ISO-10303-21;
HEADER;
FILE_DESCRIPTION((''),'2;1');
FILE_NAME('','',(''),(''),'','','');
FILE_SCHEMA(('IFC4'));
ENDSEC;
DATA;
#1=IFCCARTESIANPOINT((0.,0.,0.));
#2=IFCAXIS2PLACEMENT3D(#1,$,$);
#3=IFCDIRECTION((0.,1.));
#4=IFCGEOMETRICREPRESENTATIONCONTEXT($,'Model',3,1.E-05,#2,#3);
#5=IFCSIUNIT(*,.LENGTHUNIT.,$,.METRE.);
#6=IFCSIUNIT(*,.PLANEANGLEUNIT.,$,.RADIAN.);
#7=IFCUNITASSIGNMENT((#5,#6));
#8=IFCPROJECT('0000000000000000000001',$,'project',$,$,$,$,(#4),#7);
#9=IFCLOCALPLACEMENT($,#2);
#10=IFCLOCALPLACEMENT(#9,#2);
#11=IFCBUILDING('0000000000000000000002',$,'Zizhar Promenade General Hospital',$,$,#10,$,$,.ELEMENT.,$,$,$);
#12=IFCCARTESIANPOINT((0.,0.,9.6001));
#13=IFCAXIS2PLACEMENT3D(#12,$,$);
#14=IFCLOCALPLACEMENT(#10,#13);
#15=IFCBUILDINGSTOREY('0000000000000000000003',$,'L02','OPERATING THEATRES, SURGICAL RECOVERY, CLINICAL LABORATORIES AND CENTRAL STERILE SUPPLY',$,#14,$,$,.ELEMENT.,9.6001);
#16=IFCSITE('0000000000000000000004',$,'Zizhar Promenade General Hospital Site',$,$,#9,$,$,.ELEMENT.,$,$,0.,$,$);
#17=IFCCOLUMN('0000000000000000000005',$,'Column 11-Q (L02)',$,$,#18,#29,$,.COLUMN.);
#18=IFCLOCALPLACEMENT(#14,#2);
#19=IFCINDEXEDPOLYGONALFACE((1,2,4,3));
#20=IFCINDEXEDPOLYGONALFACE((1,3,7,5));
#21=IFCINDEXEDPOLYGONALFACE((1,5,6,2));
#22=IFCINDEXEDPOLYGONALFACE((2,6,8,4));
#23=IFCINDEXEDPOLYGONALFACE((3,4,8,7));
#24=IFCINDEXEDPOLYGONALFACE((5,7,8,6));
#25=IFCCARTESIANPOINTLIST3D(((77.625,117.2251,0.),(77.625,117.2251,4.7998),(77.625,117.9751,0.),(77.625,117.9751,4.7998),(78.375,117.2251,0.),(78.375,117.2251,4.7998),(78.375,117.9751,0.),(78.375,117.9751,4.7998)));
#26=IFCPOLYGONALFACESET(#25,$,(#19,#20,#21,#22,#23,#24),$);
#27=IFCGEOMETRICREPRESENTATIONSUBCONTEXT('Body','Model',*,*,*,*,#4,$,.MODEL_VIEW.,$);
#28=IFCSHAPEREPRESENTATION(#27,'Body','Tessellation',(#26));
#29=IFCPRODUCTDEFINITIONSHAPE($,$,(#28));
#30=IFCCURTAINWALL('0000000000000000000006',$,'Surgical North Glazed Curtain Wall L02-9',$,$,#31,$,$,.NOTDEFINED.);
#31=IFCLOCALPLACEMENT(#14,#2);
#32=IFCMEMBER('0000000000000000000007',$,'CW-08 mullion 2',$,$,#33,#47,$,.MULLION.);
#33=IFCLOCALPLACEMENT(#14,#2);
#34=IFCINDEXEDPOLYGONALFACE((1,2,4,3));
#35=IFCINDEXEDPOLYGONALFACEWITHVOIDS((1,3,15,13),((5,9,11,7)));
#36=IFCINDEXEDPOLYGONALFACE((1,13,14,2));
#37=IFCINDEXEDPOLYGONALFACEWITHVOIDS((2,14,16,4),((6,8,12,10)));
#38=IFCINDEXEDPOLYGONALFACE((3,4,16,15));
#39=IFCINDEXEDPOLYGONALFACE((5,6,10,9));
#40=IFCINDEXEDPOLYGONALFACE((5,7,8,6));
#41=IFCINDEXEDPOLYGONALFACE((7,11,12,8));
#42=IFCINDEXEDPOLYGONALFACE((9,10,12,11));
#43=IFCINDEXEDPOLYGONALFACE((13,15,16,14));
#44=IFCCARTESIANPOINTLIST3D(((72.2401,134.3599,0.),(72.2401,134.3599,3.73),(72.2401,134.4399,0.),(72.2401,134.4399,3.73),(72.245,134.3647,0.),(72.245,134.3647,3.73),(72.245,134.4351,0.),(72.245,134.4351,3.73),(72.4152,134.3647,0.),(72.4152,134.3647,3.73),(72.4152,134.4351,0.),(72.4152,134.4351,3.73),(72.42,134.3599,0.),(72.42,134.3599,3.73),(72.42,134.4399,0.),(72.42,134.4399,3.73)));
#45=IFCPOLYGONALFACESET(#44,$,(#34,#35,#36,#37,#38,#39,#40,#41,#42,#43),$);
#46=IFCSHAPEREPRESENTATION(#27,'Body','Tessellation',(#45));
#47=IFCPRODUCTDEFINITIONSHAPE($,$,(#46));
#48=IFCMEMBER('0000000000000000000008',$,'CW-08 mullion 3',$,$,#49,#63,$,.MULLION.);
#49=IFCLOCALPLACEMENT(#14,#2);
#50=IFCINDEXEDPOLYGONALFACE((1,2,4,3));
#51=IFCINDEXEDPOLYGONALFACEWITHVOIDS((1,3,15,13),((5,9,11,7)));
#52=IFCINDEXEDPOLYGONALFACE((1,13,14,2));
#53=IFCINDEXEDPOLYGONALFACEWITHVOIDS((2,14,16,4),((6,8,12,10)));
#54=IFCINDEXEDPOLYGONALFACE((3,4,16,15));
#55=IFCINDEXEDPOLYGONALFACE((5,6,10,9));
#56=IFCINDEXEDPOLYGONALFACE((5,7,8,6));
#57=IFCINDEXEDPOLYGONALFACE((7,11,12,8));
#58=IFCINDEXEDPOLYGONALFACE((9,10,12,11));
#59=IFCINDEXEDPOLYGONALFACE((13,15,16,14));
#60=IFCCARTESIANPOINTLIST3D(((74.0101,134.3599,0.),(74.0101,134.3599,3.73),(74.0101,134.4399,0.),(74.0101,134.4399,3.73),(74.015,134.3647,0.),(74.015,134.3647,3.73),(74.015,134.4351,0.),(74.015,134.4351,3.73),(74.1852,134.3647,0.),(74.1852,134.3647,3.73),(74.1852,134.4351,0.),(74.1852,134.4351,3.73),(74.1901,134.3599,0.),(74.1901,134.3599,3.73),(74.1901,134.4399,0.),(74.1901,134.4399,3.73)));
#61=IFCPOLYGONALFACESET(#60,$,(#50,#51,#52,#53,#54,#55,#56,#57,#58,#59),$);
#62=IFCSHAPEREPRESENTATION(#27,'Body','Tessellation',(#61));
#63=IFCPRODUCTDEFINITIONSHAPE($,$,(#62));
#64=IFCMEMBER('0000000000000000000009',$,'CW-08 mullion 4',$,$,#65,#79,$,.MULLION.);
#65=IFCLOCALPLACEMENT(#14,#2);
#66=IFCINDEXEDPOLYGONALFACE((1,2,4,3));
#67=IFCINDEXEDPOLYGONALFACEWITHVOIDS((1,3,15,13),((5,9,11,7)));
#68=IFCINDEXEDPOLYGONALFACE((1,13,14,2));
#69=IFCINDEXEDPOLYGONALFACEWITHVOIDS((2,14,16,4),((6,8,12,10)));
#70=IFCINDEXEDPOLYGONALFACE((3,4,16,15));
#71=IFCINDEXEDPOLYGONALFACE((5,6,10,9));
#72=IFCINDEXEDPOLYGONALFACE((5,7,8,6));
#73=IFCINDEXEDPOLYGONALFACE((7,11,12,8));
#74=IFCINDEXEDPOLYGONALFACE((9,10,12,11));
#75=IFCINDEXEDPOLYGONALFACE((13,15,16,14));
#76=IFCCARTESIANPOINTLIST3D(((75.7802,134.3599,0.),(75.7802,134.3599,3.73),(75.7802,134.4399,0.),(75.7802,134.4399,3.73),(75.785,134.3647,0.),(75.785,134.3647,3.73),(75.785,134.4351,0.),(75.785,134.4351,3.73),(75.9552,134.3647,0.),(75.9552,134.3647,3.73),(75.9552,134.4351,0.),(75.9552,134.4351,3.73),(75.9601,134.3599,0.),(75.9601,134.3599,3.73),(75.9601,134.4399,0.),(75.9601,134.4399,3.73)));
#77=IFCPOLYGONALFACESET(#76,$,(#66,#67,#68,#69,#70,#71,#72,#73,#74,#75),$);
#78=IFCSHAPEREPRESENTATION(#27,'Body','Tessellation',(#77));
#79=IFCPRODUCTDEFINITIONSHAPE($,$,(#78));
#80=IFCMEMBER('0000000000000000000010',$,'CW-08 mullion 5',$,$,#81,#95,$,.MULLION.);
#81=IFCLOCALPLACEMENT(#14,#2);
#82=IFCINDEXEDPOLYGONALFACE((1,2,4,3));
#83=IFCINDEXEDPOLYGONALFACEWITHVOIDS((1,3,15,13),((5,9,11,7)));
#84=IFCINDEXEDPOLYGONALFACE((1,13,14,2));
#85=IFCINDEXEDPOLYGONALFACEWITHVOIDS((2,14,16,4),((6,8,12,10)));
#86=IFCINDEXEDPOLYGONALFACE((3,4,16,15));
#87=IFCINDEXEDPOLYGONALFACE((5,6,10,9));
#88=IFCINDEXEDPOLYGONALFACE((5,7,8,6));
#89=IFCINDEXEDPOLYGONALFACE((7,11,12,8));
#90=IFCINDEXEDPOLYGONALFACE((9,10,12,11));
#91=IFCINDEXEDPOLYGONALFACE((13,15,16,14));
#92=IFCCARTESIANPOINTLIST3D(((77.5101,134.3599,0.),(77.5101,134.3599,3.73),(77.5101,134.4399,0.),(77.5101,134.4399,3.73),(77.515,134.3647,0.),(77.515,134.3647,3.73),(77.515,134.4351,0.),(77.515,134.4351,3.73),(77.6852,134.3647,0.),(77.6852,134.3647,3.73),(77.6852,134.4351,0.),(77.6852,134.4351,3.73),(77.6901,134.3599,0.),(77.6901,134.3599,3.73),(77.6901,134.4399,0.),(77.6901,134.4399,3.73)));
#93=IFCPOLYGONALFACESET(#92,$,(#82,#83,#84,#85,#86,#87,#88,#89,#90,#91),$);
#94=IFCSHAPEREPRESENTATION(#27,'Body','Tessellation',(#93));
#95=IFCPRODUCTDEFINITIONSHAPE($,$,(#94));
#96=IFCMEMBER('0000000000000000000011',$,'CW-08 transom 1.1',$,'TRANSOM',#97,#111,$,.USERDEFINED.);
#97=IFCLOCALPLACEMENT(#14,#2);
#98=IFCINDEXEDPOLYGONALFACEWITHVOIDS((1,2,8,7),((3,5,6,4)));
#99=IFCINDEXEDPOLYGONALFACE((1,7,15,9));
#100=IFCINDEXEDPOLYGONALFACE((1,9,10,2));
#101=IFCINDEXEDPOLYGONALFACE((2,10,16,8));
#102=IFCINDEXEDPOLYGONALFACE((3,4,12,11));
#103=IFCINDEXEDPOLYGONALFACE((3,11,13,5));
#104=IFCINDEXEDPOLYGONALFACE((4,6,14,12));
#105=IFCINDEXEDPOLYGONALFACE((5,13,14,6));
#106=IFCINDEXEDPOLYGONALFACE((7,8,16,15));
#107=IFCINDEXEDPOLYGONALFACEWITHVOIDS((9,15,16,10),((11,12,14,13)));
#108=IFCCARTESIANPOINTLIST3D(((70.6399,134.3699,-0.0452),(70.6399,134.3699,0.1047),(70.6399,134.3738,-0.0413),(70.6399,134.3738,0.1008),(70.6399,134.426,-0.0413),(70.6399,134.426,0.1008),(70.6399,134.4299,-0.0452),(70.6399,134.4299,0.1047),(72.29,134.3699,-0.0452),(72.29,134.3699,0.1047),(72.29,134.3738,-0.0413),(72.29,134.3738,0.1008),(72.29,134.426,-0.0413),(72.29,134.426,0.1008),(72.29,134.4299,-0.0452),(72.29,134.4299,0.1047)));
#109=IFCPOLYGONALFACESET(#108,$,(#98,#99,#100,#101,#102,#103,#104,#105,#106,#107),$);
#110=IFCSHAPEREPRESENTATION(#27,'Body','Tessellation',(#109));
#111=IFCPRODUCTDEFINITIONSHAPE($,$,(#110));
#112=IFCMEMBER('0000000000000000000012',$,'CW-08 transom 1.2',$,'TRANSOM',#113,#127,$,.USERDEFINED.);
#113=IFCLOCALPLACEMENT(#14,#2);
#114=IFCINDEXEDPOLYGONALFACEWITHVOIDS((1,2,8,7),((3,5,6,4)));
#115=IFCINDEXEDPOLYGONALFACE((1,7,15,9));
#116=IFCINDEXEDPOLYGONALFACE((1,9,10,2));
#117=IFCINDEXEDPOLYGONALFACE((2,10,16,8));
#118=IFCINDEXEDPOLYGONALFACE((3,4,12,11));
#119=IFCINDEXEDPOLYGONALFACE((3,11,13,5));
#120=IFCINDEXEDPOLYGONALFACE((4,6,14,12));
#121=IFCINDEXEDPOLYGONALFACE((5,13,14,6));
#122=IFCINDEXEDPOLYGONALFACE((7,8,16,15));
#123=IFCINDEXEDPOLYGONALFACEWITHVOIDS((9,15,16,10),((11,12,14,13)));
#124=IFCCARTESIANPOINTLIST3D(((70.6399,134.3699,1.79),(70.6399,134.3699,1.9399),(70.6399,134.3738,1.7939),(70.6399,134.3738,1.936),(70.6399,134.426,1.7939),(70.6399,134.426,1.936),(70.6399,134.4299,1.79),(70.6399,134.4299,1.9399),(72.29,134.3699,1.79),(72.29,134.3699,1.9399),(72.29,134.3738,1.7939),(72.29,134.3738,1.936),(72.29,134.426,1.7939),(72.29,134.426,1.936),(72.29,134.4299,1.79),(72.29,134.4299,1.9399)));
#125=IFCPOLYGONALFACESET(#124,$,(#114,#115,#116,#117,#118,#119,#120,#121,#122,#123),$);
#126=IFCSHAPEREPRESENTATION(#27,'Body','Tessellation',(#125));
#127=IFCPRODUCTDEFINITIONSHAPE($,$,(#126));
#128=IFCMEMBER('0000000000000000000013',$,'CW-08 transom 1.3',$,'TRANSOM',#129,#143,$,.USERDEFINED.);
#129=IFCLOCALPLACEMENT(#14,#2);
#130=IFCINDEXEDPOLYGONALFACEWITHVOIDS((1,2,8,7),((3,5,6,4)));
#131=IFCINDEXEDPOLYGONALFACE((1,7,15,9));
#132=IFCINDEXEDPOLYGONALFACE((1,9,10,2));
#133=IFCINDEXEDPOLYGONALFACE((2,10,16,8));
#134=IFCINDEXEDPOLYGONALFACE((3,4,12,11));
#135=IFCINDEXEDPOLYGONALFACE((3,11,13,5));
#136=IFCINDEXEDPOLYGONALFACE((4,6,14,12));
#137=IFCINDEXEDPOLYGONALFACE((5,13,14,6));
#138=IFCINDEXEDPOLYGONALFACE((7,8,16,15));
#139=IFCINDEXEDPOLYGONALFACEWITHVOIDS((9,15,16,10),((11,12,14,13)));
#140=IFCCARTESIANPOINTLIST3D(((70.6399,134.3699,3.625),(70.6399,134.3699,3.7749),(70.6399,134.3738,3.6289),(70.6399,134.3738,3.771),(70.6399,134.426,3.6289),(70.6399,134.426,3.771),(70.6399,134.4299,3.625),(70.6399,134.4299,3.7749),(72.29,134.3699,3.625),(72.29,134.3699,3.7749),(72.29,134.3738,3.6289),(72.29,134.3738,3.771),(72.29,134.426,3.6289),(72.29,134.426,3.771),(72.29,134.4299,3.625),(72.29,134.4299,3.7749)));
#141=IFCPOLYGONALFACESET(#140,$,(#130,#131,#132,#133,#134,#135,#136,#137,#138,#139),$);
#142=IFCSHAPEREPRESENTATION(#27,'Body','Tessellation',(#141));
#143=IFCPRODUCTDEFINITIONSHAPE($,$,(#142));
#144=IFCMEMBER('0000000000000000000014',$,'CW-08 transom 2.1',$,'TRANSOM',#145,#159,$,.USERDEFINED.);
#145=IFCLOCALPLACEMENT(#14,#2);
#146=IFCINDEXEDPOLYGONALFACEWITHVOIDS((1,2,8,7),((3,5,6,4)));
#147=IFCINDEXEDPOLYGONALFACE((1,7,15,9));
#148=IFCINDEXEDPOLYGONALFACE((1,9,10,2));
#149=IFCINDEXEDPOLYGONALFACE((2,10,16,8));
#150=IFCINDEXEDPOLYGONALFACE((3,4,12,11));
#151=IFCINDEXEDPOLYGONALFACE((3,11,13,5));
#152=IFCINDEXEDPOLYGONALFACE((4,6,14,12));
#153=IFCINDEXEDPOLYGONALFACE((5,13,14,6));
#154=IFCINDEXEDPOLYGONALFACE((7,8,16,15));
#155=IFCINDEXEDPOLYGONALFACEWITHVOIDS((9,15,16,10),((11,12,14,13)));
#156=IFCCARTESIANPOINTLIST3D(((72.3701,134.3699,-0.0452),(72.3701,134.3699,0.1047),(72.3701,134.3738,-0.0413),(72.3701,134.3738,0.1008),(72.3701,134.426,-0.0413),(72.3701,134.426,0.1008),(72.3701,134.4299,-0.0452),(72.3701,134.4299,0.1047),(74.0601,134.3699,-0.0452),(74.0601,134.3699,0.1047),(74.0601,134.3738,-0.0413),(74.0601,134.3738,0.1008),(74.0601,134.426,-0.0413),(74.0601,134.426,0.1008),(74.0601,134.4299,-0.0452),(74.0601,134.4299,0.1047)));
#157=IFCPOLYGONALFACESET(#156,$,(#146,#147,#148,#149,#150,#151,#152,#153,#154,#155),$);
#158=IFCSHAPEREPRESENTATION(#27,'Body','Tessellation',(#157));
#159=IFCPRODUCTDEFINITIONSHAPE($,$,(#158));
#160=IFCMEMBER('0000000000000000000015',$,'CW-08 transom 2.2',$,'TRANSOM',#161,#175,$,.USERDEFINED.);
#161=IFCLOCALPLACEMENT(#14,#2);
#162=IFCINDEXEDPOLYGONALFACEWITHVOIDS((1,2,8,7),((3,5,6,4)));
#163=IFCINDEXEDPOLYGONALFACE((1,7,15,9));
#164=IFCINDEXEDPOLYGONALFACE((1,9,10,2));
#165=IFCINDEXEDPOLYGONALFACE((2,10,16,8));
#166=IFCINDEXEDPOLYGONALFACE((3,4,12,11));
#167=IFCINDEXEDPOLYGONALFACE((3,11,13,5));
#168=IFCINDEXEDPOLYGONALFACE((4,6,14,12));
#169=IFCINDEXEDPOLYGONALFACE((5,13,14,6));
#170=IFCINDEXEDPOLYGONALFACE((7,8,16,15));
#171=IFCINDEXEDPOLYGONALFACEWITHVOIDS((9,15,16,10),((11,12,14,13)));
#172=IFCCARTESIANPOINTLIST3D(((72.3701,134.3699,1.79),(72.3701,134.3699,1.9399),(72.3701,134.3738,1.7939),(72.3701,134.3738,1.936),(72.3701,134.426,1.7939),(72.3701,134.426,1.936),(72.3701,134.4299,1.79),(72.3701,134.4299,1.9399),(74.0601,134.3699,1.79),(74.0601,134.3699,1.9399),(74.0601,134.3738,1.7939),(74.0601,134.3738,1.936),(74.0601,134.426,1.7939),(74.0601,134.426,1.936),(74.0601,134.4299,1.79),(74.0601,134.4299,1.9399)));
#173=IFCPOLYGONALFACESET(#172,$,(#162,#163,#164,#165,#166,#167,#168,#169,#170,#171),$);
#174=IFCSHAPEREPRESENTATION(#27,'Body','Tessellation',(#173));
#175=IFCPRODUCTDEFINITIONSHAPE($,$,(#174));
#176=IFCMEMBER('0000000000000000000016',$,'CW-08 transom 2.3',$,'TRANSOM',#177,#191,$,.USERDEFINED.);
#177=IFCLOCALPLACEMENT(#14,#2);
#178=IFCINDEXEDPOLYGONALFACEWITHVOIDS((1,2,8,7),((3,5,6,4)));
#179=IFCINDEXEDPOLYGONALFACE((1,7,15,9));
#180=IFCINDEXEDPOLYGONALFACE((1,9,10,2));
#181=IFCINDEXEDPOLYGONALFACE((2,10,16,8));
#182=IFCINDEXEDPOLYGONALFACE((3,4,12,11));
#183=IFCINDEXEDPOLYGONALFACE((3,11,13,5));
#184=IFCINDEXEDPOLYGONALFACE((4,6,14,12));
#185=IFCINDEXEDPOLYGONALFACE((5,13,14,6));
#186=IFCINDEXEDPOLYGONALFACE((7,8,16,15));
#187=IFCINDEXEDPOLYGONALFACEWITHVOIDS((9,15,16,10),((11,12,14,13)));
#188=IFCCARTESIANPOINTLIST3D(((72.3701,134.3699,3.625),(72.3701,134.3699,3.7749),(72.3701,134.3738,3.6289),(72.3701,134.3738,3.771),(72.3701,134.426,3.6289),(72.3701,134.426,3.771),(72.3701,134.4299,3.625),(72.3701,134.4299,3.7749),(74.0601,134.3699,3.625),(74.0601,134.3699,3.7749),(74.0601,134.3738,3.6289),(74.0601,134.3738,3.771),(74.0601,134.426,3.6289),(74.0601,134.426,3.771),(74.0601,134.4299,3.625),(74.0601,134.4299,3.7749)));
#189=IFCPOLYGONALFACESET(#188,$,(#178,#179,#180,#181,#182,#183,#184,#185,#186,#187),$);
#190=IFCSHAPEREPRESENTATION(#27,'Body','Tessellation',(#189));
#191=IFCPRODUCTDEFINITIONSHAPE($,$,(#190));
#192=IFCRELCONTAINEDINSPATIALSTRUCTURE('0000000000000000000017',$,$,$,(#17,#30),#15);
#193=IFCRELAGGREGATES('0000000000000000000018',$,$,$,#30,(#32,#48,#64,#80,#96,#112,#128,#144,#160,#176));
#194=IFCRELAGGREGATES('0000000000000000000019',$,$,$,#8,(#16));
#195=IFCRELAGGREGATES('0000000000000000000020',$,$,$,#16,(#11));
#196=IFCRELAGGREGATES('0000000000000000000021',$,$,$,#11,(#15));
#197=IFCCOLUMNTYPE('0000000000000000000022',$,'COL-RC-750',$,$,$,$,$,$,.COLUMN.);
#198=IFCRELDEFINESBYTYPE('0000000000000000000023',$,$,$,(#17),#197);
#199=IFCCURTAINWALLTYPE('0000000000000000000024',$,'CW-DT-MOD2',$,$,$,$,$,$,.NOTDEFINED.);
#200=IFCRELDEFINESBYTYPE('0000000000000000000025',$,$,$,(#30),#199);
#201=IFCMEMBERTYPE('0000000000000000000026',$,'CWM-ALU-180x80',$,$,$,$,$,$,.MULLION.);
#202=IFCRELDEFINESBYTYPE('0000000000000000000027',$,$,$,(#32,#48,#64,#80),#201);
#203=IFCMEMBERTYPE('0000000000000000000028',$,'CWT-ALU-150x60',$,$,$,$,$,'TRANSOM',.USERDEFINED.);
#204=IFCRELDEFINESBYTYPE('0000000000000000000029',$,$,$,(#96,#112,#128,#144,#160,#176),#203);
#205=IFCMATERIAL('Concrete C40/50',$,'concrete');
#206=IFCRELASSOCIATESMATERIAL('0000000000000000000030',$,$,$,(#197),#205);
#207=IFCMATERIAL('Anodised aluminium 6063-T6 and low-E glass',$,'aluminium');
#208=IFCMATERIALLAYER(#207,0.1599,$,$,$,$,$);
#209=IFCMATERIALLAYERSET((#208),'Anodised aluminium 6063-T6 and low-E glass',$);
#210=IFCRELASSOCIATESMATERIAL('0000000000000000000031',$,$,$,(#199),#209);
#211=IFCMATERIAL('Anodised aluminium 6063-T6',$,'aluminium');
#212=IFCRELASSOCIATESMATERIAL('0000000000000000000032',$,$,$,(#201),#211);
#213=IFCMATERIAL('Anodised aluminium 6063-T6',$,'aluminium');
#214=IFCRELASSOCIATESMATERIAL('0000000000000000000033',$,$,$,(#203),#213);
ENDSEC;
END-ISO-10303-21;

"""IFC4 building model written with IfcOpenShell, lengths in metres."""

from ifc_helpers import new_model, si_unit, direction, frame, origin, origin_2d, place, context, subcontext, project, spatial, rectangle, hollow_rectangle, extrude, material, layer, layer_set, material_profile, profile_set, type_object, element, aggregate, save


model = new_model("IFC4")

# Units and contexts
model_context = context("Model", 3, precision=1e-05, world=origin(), true_north=direction((0.0, 1.0)))
body_context = subcontext(model_context, "Body", "Model", "MODEL_VIEW")
ifc_project = project(units=[si_unit("LENGTHUNIT", "METRE"), si_unit("PLANEANGLEUNIT", "RADIAN")], contexts=[model_context])

# Site, building, storey
site_placement = place(None, origin())
site = spatial("IfcSite", under=ifc_project, at=site_placement, Name="Zizhar Promenade General Hospital Site", CompositionType="ELEMENT", RefElevation=0.0)
building_placement = place(site_placement, origin())
building = spatial("IfcBuilding", under=site, at=building_placement, Name="Zizhar Promenade General Hospital", CompositionType="ELEMENT")
storey_placement = place(building_placement, frame((0.0, 0.0, 9.6001)))
storey = spatial("IfcBuildingStorey", under=building, at=storey_placement, Name="L02", Description="OPERATING THEATRES, SURGICAL RECOVERY, CLINICAL LABORATORIES AND CENTRAL STERILE SUPPLY", CompositionType="ELEMENT", Elevation=9.6001)

# Column
ifc_material_1 = material(Name="Concrete C40/50", Category="concrete")
ifc_material_profile_1 = material_profile(ifc_material_1, rectangle(XDim=0.75, YDim=0.75, at=origin_2d()))
ifc_profile_set_1 = profile_set([ifc_material_profile_1], Name="Concrete C40/50")
column_type = type_object("IfcColumnType", Name="COL-RC-750", PredefinedType="COLUMN", material=ifc_profile_set_1)
column_placement = place(storey_placement, frame((78.0, 117.6001, 0.0), z_axis=(0.0, 0.0, 1.0), x_axis=(1.0, 0.0, 0.0)))
element("IfcColumn", 1, at=column_placement, inside=storey, type_object=column_type, Name="Column 11-Q (L02)", PredefinedType="COLUMN", context=body_context, shape_type="SweptSolid", body=[
    extrude(rectangle(XDim=0.75, YDim=0.75, at=origin_2d()), origin(), (0.0, 0.0, 1.0), 4.7998),
])

# Curtain wall, members
ifc_material_2 = material(Name="Anodised aluminium 6063-T6 and low-E glass", Category="aluminium")
ifc_layer_1 = layer(ifc_material_2, 0.1599)
ifc_layer_set_1 = layer_set([ifc_layer_1], Name="Anodised aluminium 6063-T6 and low-E glass")
curtain_wall_type = type_object("IfcCurtainWallType", Name="CW-DT-MOD2", PredefinedType="NOTDEFINED", material=ifc_layer_set_1)
curtain_wall_placement = place(storey_placement, origin())
curtain_wall = element("IfcCurtainWall", 2, at=curtain_wall_placement, inside=storey, type_object=curtain_wall_type, Name="Surgical North Glazed Curtain Wall L02-9", PredefinedType="NOTDEFINED")
ifc_material_3 = material(Name="Anodised aluminium 6063-T6", Category="aluminium")
ifc_material_profile_2 = material_profile(ifc_material_3, hollow_rectangle(XDim=0.0801, YDim=0.1799, WallThickness=0.0049, at=origin_2d()))
ifc_profile_set_2 = profile_set([ifc_material_profile_2], Name="Anodised aluminium 6063-T6")
member_type_1 = type_object("IfcMemberType", Name="CWM-ALU-180x80", PredefinedType="MULLION", material=ifc_profile_set_2)
member_1_placement = place(storey_placement, frame((72.3301, 134.3999, 0.0), z_axis=(0.0, 0.0, 1.0), x_axis=(0.0, 1.0, 0.0)))
member_1 = element("IfcMember", 3, at=member_1_placement, type_object=member_type_1, Name="CW-08 mullion 2", PredefinedType="MULLION", context=body_context, shape_type="SweptSolid", body=[
    extrude(hollow_rectangle(XDim=0.0801, YDim=0.1799, WallThickness=0.0049, at=origin_2d()), origin(), (0.0, 0.0, 1.0), 3.73),
])
member_2_placement = place(storey_placement, frame((74.1001, 134.3999, 0.0), z_axis=(0.0, 0.0, 1.0), x_axis=(0.0, 1.0, 0.0)))
member_2 = element("IfcMember", 4, at=member_2_placement, type_object=member_type_1, Name="CW-08 mullion 3", PredefinedType="MULLION", context=body_context, shape_type="SweptSolid", body=[
    extrude(hollow_rectangle(XDim=0.0801, YDim=0.1799, WallThickness=0.0049, at=origin_2d()), origin(), (0.0, 0.0, 1.0), 3.73),
])
member_3_placement = place(storey_placement, frame((75.8701, 134.3999, 0.0), z_axis=(0.0, 0.0, 1.0), x_axis=(0.0, 1.0, 0.0)))
member_3 = element("IfcMember", 5, at=member_3_placement, type_object=member_type_1, Name="CW-08 mullion 4", PredefinedType="MULLION", context=body_context, shape_type="SweptSolid", body=[
    extrude(hollow_rectangle(XDim=0.0801, YDim=0.1799, WallThickness=0.0049, at=origin_2d()), origin(), (0.0, 0.0, 1.0), 3.73),
])
member_4_placement = place(storey_placement, frame((77.6001, 134.3999, 0.0), z_axis=(0.0, 0.0, 1.0), x_axis=(0.0, 1.0, 0.0)))
member_4 = element("IfcMember", 6, at=member_4_placement, type_object=member_type_1, Name="CW-08 mullion 5", PredefinedType="MULLION", context=body_context, shape_type="SweptSolid", body=[
    extrude(hollow_rectangle(XDim=0.0801, YDim=0.1799, WallThickness=0.0049, at=origin_2d()), origin(), (0.0, 0.0, 1.0), 3.73),
])
ifc_material_4 = material(Name="Anodised aluminium 6063-T6", Category="aluminium")
ifc_material_profile_3 = material_profile(ifc_material_4, hollow_rectangle(XDim=0.0601, YDim=0.1499, WallThickness=0.0039, at=origin_2d()))
ifc_profile_set_3 = profile_set([ifc_material_profile_3], Name="Anodised aluminium 6063-T6")
member_type_2 = type_object("IfcMemberType", Name="CWT-ALU-150x60", ElementType="TRANSOM", PredefinedType="USERDEFINED", material=ifc_profile_set_3)
member_5_placement = place(storey_placement, frame((70.6399, 134.3999, 0.0298), z_axis=(1.0, 0.0, 0.0), x_axis=(0.0, 1.0, 0.0)))
member_5 = element("IfcMember", 7, at=member_5_placement, type_object=member_type_2, Name="CW-08 transom 1.1", ObjectType="TRANSOM", PredefinedType="USERDEFINED", context=body_context, shape_type="SweptSolid", body=[
    extrude(hollow_rectangle(XDim=0.0601, YDim=0.1499, WallThickness=0.0039, at=origin_2d()), origin(), (0.0, 0.0, 1.0), 1.6501),
])
member_6_placement = place(storey_placement, frame((70.6399, 134.3999, 1.865), z_axis=(1.0, 0.0, 0.0), x_axis=(0.0, 1.0, 0.0)))
member_6 = element("IfcMember", 8, at=member_6_placement, type_object=member_type_2, Name="CW-08 transom 1.2", ObjectType="TRANSOM", PredefinedType="USERDEFINED", context=body_context, shape_type="SweptSolid", body=[
    extrude(hollow_rectangle(XDim=0.0601, YDim=0.1499, WallThickness=0.0039, at=origin_2d()), origin(), (0.0, 0.0, 1.0), 1.6501),
])
member_7_placement = place(storey_placement, frame((70.6399, 134.3999, 3.7), z_axis=(1.0, 0.0, 0.0), x_axis=(0.0, 1.0, 0.0)))
member_7 = element("IfcMember", 9, at=member_7_placement, type_object=member_type_2, Name="CW-08 transom 1.3", ObjectType="TRANSOM", PredefinedType="USERDEFINED", context=body_context, shape_type="SweptSolid", body=[
    extrude(hollow_rectangle(XDim=0.0601, YDim=0.1499, WallThickness=0.0039, at=origin_2d()), origin(), (0.0, 0.0, 1.0), 1.6501),
])
member_8_placement = place(storey_placement, frame((72.3701, 134.3999, 0.0298), z_axis=(1.0, 0.0, 0.0), x_axis=(0.0, 1.0, 0.0)))
member_8 = element("IfcMember", 10, at=member_8_placement, type_object=member_type_2, Name="CW-08 transom 2.1", ObjectType="TRANSOM", PredefinedType="USERDEFINED", context=body_context, shape_type="SweptSolid", body=[
    extrude(hollow_rectangle(XDim=0.0601, YDim=0.1499, WallThickness=0.0039, at=origin_2d()), origin(), (0.0, 0.0, 1.0), 1.6899),
])
member_9_placement = place(storey_placement, frame((72.3701, 134.3999, 1.865), z_axis=(1.0, 0.0, 0.0), x_axis=(0.0, 1.0, 0.0)))
member_9 = element("IfcMember", 11, at=member_9_placement, type_object=member_type_2, Name="CW-08 transom 2.2", ObjectType="TRANSOM", PredefinedType="USERDEFINED", context=body_context, shape_type="SweptSolid", body=[
    extrude(hollow_rectangle(XDim=0.0601, YDim=0.1499, WallThickness=0.0039, at=origin_2d()), origin(), (0.0, 0.0, 1.0), 1.6899),
])
member_10_placement = place(storey_placement, frame((72.3701, 134.3999, 3.7), z_axis=(1.0, 0.0, 0.0), x_axis=(0.0, 1.0, 0.0)))
member_10 = element("IfcMember", 12, at=member_10_placement, type_object=member_type_2, Name="CW-08 transom 2.3", ObjectType="TRANSOM", PredefinedType="USERDEFINED", context=body_context, shape_type="SweptSolid", body=[
    extrude(hollow_rectangle(XDim=0.0601, YDim=0.1499, WallThickness=0.0039, at=origin_2d()), origin(), (0.0, 0.0, 1.0), 1.6899),
])
aggregate(curtain_wall, [member_1, member_2, member_3, member_4, member_5, member_6, member_7, member_8, member_9, member_10])

save(model, "model.ifc")
